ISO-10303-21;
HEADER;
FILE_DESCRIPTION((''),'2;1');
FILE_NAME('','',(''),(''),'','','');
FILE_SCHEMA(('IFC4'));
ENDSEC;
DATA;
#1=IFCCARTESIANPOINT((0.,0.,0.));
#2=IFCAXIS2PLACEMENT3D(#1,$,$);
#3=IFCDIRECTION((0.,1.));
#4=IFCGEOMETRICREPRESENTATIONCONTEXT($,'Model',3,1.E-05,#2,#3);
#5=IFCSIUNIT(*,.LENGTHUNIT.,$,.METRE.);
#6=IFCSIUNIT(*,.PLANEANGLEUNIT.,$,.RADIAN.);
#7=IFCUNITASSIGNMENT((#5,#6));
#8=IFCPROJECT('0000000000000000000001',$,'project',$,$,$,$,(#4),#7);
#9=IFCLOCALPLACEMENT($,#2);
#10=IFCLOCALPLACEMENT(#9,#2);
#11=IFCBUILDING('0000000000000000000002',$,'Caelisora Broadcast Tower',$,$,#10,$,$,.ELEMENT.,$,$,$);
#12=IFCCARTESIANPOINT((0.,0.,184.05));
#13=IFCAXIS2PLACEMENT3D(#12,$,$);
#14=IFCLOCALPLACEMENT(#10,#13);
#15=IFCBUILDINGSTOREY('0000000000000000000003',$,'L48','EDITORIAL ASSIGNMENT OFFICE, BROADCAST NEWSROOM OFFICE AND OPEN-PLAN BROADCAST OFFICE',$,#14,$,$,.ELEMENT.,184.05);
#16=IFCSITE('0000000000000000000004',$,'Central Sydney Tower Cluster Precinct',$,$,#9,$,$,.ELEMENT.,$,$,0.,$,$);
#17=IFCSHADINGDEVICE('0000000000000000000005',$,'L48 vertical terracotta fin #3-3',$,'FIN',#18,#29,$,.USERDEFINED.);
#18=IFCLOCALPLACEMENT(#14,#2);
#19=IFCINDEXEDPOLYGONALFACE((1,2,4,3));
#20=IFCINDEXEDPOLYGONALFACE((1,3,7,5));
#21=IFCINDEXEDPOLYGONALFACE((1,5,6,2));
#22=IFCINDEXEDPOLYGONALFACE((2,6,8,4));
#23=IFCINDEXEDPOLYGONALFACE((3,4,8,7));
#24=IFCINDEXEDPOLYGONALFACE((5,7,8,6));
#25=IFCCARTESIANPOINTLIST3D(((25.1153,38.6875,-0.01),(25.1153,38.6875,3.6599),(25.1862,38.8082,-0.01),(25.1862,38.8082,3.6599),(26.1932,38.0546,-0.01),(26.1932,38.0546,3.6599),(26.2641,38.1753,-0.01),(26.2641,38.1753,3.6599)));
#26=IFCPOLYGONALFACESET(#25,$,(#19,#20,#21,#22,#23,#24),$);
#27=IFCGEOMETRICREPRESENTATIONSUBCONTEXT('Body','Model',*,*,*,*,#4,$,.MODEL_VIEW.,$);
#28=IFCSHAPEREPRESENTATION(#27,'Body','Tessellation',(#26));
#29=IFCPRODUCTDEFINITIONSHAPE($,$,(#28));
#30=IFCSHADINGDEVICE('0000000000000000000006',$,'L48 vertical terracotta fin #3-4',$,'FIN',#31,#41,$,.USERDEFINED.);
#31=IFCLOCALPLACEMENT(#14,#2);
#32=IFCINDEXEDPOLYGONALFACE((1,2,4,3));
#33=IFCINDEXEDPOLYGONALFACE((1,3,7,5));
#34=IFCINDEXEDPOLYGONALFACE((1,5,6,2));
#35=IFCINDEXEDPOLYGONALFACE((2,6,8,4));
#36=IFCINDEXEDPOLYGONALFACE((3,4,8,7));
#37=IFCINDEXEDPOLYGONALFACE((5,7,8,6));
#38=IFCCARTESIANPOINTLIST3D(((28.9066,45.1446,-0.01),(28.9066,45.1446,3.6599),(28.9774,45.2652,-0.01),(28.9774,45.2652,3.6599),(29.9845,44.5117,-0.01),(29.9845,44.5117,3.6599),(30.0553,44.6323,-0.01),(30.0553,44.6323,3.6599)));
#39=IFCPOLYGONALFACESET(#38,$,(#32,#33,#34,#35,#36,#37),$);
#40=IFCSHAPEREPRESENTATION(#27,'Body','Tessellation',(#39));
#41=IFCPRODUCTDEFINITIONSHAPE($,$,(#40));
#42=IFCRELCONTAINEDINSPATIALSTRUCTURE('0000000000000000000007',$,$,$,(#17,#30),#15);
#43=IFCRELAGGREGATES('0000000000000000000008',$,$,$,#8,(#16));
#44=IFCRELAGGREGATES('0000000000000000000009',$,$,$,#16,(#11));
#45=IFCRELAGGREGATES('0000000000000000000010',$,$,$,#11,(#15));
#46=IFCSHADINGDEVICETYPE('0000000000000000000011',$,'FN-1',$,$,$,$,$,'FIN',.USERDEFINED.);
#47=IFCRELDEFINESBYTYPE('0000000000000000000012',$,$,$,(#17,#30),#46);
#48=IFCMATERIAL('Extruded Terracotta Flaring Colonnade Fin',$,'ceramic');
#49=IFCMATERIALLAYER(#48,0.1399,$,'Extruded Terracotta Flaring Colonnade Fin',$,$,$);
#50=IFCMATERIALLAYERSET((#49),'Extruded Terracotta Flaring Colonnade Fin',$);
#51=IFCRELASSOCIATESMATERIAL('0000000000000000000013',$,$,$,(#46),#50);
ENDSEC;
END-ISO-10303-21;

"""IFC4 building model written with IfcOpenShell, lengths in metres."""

from ifc_helpers import new_model, si_unit, direction, frame, origin, origin_2d, place, context, subcontext, project, spatial, rectangle, extrude, source, transform, mapped, material, layer, layer_set, type_object, type_shapes, element, save


model = new_model("IFC4")

# Units and contexts
model_context = context("Model", 3, precision=1e-05, world=origin(), true_north=direction((0.0, 1.0)))
body_context = subcontext(model_context, "Body", "Model", "MODEL_VIEW")
ifc_project = project(units=[si_unit("LENGTHUNIT", "METRE"), si_unit("PLANEANGLEUNIT", "RADIAN")], contexts=[model_context])

# Site, building, storey
site_placement = place(None, origin())
site = spatial("IfcSite", under=ifc_project, at=site_placement, Name="Central Sydney Tower Cluster Precinct", CompositionType="ELEMENT", RefElevation=0.0)
building_placement = place(site_placement, origin())
building = spatial("IfcBuilding", under=site, at=building_placement, Name="Caelisora Broadcast Tower", CompositionType="ELEMENT")
storey_placement = place(building_placement, frame((0.0, 0.0, 184.05)))
storey = spatial("IfcBuildingStorey", under=building, at=storey_placement, Name="L48", Description="EDITORIAL ASSIGNMENT OFFICE, BROADCAST NEWSROOM OFFICE AND OPEN-PLAN BROADCAST OFFICE", CompositionType="ELEMENT", Elevation=184.05)

# Shading devices
ifc_material_1 = material(Name="Extruded Terracotta Flaring Colonnade Fin", Category="ceramic")
ifc_layer_1 = layer(ifc_material_1, 0.1399, Name="Extruded Terracotta Flaring Colonnade Fin")
ifc_layer_set_1 = layer_set([ifc_layer_1], Name="Extruded Terracotta Flaring Colonnade Fin")
shading_device_type = type_object("IfcShadingDeviceType", Name="FN-1", ElementType="FIN", PredefinedType="USERDEFINED", material=ifc_layer_set_1)
shared_shape_1 = source(origin(), body_context, "Body", "SweptSolid", [
    extrude(rectangle(XDim=0.1399, YDim=1.25, at=origin_2d()), origin(), (0.0, 0.0, 1.0), 3.6699),
])
type_shapes(shading_device_type, [shared_shape_1])
for number, where, z_axis, x_axis, name in (
    (1, (25.6897, 38.4314, -0.01), (0.0, 0.0, 1.0), (0.506335, 0.862337, 0.0), "L48 vertical terracotta fin #3-3"),
    (2, (29.481, 44.8884, -0.01), (0.0, 0.0, 1.0), (0.506335, 0.862337, 0.0), "L48 vertical terracotta fin #3-4"),
):
    element("IfcShadingDevice", number, at=place(storey_placement, frame(where, z_axis=z_axis, x_axis=x_axis)), inside=storey, type_object=shading_device_type, Name=name, ObjectType="FIN", PredefinedType="USERDEFINED", context=body_context, shape_type="MappedRepresentation", body=[
        mapped(shared_shape_1, transform((0.0, 0.0, 0.0), scale=1.0)),
    ])

save(model, "model.ifc")
